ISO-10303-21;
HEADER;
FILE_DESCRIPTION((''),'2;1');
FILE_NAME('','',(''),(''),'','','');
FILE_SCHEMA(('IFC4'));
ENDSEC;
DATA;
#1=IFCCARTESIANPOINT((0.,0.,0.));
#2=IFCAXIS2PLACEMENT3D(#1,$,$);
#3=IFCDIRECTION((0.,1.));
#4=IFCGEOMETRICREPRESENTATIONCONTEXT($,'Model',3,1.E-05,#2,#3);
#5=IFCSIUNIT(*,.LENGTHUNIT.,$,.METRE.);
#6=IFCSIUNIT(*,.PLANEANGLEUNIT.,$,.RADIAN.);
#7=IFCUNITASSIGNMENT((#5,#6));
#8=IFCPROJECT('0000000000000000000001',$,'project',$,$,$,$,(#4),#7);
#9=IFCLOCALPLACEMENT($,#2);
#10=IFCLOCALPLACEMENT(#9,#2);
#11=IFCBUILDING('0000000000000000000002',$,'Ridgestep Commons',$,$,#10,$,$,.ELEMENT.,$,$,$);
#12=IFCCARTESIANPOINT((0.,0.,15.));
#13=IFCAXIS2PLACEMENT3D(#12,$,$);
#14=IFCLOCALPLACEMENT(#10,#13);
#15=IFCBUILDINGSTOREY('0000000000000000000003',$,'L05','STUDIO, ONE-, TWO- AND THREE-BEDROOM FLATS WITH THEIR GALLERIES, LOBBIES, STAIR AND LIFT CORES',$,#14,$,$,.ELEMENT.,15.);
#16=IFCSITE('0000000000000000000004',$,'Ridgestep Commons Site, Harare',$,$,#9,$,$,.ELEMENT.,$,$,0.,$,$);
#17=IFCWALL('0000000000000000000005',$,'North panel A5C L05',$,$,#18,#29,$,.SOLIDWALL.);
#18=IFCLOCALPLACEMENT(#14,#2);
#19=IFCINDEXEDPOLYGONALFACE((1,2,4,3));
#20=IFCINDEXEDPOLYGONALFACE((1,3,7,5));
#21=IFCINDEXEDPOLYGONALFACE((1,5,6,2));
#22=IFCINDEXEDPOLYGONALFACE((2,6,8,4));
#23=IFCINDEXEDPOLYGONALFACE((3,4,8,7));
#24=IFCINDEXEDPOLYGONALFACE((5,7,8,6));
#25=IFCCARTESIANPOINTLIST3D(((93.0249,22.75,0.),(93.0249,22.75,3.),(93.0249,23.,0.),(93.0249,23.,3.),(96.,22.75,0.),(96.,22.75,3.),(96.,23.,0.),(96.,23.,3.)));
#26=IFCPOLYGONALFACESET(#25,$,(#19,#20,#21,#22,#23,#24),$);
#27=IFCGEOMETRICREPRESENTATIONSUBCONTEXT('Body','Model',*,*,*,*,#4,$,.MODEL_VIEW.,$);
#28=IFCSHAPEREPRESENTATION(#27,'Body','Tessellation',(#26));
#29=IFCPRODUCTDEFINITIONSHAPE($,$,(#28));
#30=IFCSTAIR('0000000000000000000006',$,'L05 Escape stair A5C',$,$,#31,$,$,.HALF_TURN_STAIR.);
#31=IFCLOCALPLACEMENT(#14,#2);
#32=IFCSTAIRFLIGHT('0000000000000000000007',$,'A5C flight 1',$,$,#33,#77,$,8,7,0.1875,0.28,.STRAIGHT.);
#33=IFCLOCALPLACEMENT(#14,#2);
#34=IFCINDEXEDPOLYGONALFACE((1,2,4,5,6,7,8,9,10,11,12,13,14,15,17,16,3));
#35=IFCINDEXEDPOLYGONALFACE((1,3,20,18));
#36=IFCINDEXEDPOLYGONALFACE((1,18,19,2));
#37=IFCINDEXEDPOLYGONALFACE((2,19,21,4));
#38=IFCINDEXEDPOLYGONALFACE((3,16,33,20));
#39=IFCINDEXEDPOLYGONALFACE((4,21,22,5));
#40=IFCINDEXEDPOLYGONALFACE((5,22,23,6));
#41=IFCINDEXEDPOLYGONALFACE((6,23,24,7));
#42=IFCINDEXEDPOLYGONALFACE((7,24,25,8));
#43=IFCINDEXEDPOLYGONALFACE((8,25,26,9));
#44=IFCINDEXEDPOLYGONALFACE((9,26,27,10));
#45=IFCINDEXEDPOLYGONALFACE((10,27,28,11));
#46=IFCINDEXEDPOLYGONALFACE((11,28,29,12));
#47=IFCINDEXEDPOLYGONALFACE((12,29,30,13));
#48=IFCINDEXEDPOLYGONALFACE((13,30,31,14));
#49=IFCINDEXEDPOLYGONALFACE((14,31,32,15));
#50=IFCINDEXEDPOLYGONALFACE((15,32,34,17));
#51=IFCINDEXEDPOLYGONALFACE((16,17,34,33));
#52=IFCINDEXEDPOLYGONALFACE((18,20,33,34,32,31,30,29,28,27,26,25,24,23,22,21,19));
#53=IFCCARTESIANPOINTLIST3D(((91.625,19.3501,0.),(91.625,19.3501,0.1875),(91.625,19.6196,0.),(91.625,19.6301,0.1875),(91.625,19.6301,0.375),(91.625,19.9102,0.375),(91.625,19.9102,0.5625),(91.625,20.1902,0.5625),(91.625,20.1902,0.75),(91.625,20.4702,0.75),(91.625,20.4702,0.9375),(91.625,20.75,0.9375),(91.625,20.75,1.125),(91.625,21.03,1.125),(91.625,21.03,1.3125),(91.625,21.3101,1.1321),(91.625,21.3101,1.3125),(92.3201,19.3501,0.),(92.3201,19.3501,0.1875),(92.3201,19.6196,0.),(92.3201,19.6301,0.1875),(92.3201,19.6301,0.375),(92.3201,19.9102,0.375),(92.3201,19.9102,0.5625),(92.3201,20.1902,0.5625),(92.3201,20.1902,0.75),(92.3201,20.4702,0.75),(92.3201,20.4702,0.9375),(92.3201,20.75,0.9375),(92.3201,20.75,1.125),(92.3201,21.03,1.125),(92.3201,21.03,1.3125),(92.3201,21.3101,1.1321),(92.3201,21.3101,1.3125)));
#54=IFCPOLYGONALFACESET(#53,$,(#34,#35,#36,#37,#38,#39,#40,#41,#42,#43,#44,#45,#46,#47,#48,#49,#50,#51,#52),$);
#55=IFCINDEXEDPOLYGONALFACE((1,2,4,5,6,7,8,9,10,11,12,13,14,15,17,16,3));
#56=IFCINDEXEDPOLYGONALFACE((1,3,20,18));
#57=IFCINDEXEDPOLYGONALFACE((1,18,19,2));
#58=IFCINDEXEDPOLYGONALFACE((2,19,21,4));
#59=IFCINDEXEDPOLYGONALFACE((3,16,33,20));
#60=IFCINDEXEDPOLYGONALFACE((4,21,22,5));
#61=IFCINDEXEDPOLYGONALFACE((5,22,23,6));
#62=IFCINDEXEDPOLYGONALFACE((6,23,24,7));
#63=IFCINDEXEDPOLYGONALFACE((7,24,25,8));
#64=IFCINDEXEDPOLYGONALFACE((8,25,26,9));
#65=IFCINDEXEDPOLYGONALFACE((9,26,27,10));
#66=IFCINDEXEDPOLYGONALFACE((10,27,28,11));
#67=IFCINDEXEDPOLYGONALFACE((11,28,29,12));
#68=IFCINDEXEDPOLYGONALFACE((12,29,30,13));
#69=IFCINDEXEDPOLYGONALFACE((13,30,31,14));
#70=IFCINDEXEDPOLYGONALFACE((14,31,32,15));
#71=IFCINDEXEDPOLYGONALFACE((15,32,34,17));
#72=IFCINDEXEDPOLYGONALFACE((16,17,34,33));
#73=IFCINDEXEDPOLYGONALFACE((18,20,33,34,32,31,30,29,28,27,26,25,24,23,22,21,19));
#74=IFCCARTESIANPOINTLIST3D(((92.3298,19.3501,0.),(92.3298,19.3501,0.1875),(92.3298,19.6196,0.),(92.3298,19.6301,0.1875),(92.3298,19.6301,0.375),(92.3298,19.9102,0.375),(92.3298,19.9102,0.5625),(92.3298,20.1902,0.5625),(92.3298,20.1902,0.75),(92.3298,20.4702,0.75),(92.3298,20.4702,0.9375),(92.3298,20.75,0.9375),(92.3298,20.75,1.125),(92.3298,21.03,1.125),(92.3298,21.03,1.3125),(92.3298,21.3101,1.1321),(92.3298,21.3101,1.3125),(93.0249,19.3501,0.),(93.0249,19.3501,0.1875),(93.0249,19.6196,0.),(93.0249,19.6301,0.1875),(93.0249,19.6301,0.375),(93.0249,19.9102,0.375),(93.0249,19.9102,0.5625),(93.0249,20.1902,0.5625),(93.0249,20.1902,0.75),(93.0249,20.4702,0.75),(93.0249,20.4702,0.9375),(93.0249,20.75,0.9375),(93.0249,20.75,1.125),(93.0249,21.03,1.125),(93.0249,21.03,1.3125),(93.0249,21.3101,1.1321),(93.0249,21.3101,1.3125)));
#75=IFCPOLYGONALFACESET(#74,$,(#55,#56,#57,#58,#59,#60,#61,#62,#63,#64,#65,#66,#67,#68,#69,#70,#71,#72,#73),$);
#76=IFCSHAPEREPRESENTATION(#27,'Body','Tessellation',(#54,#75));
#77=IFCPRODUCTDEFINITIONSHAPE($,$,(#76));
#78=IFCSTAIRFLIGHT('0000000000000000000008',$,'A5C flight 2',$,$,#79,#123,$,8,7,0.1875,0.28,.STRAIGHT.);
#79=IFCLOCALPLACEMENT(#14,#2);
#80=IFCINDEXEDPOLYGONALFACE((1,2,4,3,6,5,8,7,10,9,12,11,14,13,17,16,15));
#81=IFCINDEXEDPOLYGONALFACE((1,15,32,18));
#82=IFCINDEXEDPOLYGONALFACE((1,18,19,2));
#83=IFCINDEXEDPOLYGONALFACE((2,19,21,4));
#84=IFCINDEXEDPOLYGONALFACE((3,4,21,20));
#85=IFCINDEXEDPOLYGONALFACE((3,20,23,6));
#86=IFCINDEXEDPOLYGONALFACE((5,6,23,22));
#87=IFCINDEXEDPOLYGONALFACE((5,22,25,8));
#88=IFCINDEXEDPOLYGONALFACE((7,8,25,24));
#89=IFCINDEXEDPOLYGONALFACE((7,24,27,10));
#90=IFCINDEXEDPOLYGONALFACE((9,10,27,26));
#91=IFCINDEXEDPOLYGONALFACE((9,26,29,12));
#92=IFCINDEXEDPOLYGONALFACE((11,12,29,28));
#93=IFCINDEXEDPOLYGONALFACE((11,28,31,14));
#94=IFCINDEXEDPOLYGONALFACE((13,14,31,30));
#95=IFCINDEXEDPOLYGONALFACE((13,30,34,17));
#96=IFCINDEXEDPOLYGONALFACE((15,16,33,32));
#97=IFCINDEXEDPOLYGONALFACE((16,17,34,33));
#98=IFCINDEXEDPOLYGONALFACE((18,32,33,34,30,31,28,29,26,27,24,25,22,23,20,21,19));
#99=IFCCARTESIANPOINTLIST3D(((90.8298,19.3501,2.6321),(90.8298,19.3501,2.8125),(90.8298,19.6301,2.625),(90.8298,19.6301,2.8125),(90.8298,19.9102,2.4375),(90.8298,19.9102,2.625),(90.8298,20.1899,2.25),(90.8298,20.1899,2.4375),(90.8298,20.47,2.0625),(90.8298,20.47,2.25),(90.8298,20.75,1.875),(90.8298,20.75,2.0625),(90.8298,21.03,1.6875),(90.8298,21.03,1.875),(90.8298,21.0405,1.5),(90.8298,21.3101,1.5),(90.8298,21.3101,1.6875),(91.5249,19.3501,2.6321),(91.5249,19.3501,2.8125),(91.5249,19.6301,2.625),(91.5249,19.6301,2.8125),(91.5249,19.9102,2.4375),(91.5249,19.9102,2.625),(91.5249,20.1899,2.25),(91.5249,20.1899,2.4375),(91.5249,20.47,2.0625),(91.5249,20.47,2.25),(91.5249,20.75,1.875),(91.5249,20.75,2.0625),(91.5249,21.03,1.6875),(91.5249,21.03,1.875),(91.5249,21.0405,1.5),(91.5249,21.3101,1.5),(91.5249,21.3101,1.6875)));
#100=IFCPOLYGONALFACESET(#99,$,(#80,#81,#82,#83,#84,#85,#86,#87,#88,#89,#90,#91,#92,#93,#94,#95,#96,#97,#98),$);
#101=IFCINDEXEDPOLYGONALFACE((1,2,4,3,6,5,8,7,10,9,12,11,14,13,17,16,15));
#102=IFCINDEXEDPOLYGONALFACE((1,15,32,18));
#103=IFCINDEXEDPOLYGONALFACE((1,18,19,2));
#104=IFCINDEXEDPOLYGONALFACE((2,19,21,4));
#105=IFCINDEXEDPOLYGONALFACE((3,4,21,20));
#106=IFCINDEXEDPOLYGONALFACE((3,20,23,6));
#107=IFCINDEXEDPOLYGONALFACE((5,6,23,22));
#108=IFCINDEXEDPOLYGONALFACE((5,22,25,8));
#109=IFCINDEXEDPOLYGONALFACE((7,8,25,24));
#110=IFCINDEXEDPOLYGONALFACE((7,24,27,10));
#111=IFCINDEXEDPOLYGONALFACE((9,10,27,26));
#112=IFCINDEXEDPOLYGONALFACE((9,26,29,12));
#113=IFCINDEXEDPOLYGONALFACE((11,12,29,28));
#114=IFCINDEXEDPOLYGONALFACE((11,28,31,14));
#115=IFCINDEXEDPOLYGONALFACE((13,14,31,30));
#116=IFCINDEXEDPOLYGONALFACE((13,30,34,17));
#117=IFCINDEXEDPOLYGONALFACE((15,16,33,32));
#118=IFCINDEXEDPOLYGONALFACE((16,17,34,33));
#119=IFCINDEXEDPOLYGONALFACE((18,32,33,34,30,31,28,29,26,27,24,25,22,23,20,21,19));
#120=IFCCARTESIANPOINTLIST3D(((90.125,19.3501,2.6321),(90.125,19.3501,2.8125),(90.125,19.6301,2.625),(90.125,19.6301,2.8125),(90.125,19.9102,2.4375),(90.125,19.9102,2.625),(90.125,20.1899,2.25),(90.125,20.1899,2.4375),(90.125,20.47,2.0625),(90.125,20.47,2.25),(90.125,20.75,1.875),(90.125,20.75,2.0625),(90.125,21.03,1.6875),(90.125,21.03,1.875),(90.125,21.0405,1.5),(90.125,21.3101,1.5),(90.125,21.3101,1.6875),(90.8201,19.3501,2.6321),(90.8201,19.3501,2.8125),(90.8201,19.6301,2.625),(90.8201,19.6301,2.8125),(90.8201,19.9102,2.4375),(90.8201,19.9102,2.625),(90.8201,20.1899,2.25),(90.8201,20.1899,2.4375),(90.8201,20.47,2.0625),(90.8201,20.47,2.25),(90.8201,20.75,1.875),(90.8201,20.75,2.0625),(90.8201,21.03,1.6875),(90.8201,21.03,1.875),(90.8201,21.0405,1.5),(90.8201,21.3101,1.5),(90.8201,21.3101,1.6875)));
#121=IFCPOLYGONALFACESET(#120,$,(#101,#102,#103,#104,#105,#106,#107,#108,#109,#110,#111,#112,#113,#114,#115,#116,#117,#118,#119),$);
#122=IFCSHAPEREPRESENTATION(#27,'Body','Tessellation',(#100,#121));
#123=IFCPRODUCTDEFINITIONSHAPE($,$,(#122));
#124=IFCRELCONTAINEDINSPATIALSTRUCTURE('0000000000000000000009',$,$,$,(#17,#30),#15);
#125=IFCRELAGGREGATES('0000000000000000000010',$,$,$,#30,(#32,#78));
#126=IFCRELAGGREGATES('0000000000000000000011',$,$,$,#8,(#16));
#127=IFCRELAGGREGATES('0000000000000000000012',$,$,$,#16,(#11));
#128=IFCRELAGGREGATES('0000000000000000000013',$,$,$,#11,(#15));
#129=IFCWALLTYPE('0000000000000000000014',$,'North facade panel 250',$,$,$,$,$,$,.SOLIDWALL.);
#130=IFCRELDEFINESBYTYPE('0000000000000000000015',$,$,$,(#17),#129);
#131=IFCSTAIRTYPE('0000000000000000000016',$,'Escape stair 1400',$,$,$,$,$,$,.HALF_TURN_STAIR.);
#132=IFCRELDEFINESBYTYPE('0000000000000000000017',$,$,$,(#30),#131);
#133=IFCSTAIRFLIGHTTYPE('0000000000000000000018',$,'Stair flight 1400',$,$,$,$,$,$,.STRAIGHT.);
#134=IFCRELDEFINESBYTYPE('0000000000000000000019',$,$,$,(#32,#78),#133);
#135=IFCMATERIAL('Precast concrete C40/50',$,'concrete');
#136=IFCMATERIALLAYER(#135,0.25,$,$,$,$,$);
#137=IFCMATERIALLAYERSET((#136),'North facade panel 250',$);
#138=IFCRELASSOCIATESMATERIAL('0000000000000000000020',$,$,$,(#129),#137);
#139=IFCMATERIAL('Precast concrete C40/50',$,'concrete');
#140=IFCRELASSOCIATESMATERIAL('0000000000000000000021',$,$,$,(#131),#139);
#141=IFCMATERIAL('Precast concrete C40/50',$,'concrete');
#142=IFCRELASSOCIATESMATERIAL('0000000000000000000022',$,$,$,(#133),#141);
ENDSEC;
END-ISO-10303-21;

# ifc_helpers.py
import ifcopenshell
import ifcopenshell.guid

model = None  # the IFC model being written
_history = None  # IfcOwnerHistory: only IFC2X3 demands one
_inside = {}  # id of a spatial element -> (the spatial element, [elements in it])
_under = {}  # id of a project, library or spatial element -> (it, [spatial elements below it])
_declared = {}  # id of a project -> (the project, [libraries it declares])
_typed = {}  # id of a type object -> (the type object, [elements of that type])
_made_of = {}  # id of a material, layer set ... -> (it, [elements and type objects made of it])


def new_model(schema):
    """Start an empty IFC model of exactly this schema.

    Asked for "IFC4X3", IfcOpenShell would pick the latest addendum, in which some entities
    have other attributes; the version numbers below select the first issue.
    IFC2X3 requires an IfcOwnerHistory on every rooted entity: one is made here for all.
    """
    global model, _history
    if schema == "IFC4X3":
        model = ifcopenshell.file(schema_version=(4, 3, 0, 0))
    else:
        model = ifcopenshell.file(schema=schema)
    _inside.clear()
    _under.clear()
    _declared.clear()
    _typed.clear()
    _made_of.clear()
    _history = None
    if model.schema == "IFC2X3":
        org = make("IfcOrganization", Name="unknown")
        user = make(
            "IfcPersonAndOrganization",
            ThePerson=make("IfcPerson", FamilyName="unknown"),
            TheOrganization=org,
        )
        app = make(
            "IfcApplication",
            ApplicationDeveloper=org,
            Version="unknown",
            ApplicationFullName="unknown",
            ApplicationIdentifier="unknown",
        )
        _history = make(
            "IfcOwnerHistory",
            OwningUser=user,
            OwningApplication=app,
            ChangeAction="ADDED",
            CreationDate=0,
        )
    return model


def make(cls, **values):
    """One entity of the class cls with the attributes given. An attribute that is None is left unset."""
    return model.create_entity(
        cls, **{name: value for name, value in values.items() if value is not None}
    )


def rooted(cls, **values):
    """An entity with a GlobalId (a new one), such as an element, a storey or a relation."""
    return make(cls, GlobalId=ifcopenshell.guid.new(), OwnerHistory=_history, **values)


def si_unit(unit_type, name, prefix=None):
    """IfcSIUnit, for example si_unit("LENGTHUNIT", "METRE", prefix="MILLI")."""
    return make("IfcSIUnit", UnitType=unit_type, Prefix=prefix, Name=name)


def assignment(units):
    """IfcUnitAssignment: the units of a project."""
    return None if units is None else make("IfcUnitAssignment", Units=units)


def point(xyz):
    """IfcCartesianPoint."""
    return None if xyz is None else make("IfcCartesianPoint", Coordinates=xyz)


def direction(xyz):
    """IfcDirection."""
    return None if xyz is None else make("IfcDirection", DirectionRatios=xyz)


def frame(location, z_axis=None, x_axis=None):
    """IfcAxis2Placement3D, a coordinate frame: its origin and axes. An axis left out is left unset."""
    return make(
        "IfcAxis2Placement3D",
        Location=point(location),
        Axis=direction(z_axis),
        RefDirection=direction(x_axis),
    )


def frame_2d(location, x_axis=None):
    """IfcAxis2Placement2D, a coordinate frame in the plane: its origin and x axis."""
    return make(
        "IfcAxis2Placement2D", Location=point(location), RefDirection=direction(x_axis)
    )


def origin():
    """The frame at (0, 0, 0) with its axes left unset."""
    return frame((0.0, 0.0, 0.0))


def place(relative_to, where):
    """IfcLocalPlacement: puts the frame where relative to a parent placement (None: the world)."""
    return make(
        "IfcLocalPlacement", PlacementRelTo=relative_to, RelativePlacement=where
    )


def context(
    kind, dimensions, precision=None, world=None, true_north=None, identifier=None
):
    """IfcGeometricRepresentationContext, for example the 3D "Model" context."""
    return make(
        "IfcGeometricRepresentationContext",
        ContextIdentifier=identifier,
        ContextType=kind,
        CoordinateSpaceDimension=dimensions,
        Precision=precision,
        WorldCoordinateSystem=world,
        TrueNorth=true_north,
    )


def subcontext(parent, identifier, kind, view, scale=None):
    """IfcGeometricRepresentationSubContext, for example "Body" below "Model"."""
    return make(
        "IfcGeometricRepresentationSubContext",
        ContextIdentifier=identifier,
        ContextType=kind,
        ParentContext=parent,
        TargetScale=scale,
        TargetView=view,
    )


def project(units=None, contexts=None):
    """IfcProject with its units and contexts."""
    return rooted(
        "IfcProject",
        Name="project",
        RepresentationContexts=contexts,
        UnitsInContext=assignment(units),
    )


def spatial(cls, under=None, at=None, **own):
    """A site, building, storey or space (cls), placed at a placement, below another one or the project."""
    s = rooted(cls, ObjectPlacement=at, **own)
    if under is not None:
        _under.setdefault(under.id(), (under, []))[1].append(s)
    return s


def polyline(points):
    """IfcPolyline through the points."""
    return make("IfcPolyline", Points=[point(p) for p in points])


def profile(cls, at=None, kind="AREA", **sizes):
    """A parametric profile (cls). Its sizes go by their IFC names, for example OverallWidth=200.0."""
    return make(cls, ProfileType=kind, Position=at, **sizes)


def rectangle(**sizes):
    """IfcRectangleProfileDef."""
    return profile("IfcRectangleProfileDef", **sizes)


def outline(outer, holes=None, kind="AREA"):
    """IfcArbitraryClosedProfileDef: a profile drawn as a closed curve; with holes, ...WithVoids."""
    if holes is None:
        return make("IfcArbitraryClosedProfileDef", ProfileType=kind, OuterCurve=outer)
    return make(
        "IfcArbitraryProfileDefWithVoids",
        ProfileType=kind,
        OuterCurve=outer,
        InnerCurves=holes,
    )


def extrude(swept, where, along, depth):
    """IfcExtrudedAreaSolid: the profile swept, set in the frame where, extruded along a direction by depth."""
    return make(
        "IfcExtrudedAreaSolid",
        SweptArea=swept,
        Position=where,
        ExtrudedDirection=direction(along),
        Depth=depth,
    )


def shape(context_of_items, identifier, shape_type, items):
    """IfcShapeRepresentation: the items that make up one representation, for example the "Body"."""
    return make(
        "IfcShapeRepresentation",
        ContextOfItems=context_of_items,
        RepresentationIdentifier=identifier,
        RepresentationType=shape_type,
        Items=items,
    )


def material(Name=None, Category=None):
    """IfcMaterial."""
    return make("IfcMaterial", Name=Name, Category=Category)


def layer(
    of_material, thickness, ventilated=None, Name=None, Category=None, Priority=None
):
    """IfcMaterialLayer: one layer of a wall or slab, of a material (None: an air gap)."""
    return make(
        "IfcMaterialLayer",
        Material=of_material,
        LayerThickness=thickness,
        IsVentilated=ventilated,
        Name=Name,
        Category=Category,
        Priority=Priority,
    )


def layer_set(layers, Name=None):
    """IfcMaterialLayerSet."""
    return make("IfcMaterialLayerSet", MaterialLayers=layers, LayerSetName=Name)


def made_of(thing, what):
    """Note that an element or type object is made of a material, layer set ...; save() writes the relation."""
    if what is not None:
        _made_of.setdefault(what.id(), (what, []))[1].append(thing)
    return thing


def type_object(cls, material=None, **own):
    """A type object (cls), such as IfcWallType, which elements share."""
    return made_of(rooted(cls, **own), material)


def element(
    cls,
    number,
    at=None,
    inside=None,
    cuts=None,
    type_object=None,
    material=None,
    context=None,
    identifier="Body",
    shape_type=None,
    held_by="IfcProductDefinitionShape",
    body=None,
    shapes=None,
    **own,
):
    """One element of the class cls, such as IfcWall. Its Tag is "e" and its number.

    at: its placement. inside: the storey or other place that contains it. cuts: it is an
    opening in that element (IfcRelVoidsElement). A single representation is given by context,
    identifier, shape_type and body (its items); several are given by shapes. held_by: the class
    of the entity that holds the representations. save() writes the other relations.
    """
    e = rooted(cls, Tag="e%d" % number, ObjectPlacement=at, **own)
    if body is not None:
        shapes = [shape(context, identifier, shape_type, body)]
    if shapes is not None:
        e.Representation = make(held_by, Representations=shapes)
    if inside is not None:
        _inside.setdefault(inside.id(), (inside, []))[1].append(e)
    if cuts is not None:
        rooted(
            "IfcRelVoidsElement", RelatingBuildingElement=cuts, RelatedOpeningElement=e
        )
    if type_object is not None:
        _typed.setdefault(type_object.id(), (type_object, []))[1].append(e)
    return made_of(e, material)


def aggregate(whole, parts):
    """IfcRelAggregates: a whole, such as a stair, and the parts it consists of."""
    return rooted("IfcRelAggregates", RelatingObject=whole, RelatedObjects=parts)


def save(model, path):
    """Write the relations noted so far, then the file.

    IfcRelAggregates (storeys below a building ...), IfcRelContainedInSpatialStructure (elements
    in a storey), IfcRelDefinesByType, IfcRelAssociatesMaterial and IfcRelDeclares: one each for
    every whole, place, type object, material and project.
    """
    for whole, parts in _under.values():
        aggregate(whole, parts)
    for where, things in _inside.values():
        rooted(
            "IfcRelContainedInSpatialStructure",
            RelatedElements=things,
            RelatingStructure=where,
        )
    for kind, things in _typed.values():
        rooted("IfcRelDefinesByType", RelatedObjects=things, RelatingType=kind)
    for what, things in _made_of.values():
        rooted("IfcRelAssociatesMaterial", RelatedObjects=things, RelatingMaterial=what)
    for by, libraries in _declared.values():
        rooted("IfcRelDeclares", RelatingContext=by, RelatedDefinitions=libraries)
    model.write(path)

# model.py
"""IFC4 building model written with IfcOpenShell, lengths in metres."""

from ifc_helpers import new_model, si_unit, direction, frame, frame_2d, origin, place, context, subcontext, project, spatial, polyline, rectangle, outline, extrude, material, layer, layer_set, type_object, element, aggregate, save


model = new_model("IFC4")

# Units and contexts
model_context = context("Model", 3, precision=1e-05, world=origin(), true_north=direction((0.0, 1.0)))
body_context = subcontext(model_context, "Body", "Model", "MODEL_VIEW")
ifc_project = project(units=[si_unit("LENGTHUNIT", "METRE"), si_unit("PLANEANGLEUNIT", "RADIAN")], contexts=[model_context])

# Site, building, storey
site_placement = place(None, origin())
site = spatial("IfcSite", under=ifc_project, at=site_placement, Name="Ridgestep Commons Site, Harare", CompositionType="ELEMENT", RefElevation=0.0)
building_placement = place(site_placement, origin())
building = spatial("IfcBuilding", under=site, at=building_placement, Name="Ridgestep Commons", CompositionType="ELEMENT")
storey_placement = place(building_placement, frame((0.0, 0.0, 15.0)))
storey = spatial("IfcBuildingStorey", under=building, at=storey_placement, Name="L05", Description="STUDIO, ONE-, TWO- AND THREE-BEDROOM FLATS WITH THEIR GALLERIES, LOBBIES, STAIR AND LIFT CORES", CompositionType="ELEMENT", Elevation=15.0)

# Wall
ifc_material_1 = material(Name="Precast concrete C40/50", Category="concrete")
ifc_layer_1 = layer(ifc_material_1, 0.25)
ifc_layer_set_1 = layer_set([ifc_layer_1], Name="North facade panel 250")
wall_type_1 = type_object("IfcWallType", Name="North facade panel 250", PredefinedType="SOLIDWALL", material=ifc_layer_set_1)
wall_1_placement = place(storey_placement, frame((93.0249, 22.875, 0.0), z_axis=(0.0, 0.0, 1.0), x_axis=(1.0, 0.0, 0.0)))
element("IfcWall", 1, at=wall_1_placement, inside=storey, type_object=wall_type_1, Name="North panel A5C L05", PredefinedType="SOLIDWALL", context=body_context, shape_type="SweptSolid", body=[
    extrude(rectangle(XDim=2.9751, YDim=0.25, at=frame_2d((1.4875, 0.0))), origin(), (0.0, 0.0, 1.0), 3.0),
])

# Stair, stair flights
ifc_material_2 = material(Name="Precast concrete C40/50", Category="concrete")
stair_type = type_object("IfcStairType", Name="Escape stair 1400", PredefinedType="HALF_TURN_STAIR", material=ifc_material_2)
stair_placement = place(storey_placement, origin())
stair = element("IfcStair", 2, at=stair_placement, inside=storey, type_object=stair_type, Name="L05 Escape stair A5C", PredefinedType="HALF_TURN_STAIR")
ifc_material_3 = material(Name="Precast concrete C40/50", Category="concrete")
stair_flight_type = type_object("IfcStairFlightType", Name="Stair flight 1400", PredefinedType="STRAIGHT", material=ifc_material_3)
stair_flight_1_placement = place(storey_placement, frame((92.325, 19.3501, 0.0), z_axis=(0.0, 0.0, 1.0), x_axis=(0.0, 1.0, 0.0)))
stair_flight_1 = element("IfcStairFlight", 3, at=stair_flight_1_placement, type_object=stair_flight_type, Name="A5C flight 1", NumberOfRisers=8, NumberOfTreads=7, PredefinedType="STRAIGHT", RiserHeight=0.1875, TreadLength=0.28, context=body_context, shape_type="SweptSolid", body=[
    extrude(outline(polyline([(0.0, 0.0), (0.0, 0.1875), (0.28, 0.1875), (0.28, 0.375), (0.5601, 0.375), (0.5601, 0.5625), (0.8401, 0.5625), (0.8401, 0.75), (1.1201, 0.75), (1.1201, 0.9375), (1.3999, 0.9375), (1.3999, 1.125), (1.6799, 1.125), (1.6799, 1.3125), (1.96, 1.3125), (1.96, 1.5), (1.96, 1.1321), (0.2695, 0.0), (0.0, 0.0)])), frame((0.0, 0.7, 0.0), z_axis=(0.0, -1.0, 0.0), x_axis=(1.0, 0.0, 0.0)), (0.0, 0.0, 1.0), 0.6951),
    extrude(outline(polyline([(0.0, 0.0), (0.0, 0.1875), (0.28, 0.1875), (0.28, 0.375), (0.5601, 0.375), (0.5601, 0.5625), (0.8401, 0.5625), (0.8401, 0.75), (1.1201, 0.75), (1.1201, 0.9375), (1.3999, 0.9375), (1.3999, 1.125), (1.6799, 1.125), (1.6799, 1.3125), (1.96, 1.3125), (1.96, 1.5), (1.96, 1.1321), (0.2695, 0.0), (0.0, 0.0)])), frame((0.0, -0.0049, 0.0), z_axis=(0.0, -1.0, 0.0), x_axis=(1.0, 0.0, 0.0)), (0.0, 0.0, 1.0), 0.6951),
])
stair_flight_2_placement = place(storey_placement, frame((90.825, 21.3101, 1.5), z_axis=(0.0, 0.0, 1.0), x_axis=(0.0, -1.0, 0.0)))
stair_flight_2 = element("IfcStairFlight", 4, at=stair_flight_2_placement, type_object=stair_flight_type, Name="A5C flight 2", NumberOfRisers=8, NumberOfTreads=7, PredefinedType="STRAIGHT", RiserHeight=0.1875, TreadLength=0.28, context=body_context, shape_type="SweptSolid", body=[
    extrude(outline(polyline([(0.0, 0.0), (0.0, 0.1875), (0.28, 0.1875), (0.28, 0.375), (0.5601, 0.375), (0.5601, 0.5625), (0.8401, 0.5625), (0.8401, 0.75), (1.1201, 0.75), (1.1201, 0.9375), (1.3999, 0.9375), (1.3999, 1.125), (1.6799, 1.125), (1.6799, 1.3125), (1.96, 1.3125), (1.96, 1.5), (1.96, 1.1321), (0.2695, 0.0), (0.0, 0.0)])), frame((0.0, 0.7, 0.0), z_axis=(0.0, -1.0, 0.0), x_axis=(1.0, 0.0, 0.0)), (0.0, 0.0, 1.0), 0.6951),
    extrude(outline(polyline([(0.0, 0.0), (0.0, 0.1875), (0.28, 0.1875), (0.28, 0.375), (0.5601, 0.375), (0.5601, 0.5625), (0.8401, 0.5625), (0.8401, 0.75), (1.1201, 0.75), (1.1201, 0.9375), (1.3999, 0.9375), (1.3999, 1.125), (1.6799, 1.125), (1.6799, 1.3125), (1.96, 1.3125), (1.96, 1.5), (1.96, 1.1321), (0.2695, 0.0), (0.0, 0.0)])), frame((0.0, -0.0049, 0.0), z_axis=(0.0, -1.0, 0.0), x_axis=(1.0, 0.0, 0.0)), (0.0, 0.0, 1.0), 0.6951),
])
aggregate(stair, [stair_flight_1, stair_flight_2])

save(model, "model.ifc")
